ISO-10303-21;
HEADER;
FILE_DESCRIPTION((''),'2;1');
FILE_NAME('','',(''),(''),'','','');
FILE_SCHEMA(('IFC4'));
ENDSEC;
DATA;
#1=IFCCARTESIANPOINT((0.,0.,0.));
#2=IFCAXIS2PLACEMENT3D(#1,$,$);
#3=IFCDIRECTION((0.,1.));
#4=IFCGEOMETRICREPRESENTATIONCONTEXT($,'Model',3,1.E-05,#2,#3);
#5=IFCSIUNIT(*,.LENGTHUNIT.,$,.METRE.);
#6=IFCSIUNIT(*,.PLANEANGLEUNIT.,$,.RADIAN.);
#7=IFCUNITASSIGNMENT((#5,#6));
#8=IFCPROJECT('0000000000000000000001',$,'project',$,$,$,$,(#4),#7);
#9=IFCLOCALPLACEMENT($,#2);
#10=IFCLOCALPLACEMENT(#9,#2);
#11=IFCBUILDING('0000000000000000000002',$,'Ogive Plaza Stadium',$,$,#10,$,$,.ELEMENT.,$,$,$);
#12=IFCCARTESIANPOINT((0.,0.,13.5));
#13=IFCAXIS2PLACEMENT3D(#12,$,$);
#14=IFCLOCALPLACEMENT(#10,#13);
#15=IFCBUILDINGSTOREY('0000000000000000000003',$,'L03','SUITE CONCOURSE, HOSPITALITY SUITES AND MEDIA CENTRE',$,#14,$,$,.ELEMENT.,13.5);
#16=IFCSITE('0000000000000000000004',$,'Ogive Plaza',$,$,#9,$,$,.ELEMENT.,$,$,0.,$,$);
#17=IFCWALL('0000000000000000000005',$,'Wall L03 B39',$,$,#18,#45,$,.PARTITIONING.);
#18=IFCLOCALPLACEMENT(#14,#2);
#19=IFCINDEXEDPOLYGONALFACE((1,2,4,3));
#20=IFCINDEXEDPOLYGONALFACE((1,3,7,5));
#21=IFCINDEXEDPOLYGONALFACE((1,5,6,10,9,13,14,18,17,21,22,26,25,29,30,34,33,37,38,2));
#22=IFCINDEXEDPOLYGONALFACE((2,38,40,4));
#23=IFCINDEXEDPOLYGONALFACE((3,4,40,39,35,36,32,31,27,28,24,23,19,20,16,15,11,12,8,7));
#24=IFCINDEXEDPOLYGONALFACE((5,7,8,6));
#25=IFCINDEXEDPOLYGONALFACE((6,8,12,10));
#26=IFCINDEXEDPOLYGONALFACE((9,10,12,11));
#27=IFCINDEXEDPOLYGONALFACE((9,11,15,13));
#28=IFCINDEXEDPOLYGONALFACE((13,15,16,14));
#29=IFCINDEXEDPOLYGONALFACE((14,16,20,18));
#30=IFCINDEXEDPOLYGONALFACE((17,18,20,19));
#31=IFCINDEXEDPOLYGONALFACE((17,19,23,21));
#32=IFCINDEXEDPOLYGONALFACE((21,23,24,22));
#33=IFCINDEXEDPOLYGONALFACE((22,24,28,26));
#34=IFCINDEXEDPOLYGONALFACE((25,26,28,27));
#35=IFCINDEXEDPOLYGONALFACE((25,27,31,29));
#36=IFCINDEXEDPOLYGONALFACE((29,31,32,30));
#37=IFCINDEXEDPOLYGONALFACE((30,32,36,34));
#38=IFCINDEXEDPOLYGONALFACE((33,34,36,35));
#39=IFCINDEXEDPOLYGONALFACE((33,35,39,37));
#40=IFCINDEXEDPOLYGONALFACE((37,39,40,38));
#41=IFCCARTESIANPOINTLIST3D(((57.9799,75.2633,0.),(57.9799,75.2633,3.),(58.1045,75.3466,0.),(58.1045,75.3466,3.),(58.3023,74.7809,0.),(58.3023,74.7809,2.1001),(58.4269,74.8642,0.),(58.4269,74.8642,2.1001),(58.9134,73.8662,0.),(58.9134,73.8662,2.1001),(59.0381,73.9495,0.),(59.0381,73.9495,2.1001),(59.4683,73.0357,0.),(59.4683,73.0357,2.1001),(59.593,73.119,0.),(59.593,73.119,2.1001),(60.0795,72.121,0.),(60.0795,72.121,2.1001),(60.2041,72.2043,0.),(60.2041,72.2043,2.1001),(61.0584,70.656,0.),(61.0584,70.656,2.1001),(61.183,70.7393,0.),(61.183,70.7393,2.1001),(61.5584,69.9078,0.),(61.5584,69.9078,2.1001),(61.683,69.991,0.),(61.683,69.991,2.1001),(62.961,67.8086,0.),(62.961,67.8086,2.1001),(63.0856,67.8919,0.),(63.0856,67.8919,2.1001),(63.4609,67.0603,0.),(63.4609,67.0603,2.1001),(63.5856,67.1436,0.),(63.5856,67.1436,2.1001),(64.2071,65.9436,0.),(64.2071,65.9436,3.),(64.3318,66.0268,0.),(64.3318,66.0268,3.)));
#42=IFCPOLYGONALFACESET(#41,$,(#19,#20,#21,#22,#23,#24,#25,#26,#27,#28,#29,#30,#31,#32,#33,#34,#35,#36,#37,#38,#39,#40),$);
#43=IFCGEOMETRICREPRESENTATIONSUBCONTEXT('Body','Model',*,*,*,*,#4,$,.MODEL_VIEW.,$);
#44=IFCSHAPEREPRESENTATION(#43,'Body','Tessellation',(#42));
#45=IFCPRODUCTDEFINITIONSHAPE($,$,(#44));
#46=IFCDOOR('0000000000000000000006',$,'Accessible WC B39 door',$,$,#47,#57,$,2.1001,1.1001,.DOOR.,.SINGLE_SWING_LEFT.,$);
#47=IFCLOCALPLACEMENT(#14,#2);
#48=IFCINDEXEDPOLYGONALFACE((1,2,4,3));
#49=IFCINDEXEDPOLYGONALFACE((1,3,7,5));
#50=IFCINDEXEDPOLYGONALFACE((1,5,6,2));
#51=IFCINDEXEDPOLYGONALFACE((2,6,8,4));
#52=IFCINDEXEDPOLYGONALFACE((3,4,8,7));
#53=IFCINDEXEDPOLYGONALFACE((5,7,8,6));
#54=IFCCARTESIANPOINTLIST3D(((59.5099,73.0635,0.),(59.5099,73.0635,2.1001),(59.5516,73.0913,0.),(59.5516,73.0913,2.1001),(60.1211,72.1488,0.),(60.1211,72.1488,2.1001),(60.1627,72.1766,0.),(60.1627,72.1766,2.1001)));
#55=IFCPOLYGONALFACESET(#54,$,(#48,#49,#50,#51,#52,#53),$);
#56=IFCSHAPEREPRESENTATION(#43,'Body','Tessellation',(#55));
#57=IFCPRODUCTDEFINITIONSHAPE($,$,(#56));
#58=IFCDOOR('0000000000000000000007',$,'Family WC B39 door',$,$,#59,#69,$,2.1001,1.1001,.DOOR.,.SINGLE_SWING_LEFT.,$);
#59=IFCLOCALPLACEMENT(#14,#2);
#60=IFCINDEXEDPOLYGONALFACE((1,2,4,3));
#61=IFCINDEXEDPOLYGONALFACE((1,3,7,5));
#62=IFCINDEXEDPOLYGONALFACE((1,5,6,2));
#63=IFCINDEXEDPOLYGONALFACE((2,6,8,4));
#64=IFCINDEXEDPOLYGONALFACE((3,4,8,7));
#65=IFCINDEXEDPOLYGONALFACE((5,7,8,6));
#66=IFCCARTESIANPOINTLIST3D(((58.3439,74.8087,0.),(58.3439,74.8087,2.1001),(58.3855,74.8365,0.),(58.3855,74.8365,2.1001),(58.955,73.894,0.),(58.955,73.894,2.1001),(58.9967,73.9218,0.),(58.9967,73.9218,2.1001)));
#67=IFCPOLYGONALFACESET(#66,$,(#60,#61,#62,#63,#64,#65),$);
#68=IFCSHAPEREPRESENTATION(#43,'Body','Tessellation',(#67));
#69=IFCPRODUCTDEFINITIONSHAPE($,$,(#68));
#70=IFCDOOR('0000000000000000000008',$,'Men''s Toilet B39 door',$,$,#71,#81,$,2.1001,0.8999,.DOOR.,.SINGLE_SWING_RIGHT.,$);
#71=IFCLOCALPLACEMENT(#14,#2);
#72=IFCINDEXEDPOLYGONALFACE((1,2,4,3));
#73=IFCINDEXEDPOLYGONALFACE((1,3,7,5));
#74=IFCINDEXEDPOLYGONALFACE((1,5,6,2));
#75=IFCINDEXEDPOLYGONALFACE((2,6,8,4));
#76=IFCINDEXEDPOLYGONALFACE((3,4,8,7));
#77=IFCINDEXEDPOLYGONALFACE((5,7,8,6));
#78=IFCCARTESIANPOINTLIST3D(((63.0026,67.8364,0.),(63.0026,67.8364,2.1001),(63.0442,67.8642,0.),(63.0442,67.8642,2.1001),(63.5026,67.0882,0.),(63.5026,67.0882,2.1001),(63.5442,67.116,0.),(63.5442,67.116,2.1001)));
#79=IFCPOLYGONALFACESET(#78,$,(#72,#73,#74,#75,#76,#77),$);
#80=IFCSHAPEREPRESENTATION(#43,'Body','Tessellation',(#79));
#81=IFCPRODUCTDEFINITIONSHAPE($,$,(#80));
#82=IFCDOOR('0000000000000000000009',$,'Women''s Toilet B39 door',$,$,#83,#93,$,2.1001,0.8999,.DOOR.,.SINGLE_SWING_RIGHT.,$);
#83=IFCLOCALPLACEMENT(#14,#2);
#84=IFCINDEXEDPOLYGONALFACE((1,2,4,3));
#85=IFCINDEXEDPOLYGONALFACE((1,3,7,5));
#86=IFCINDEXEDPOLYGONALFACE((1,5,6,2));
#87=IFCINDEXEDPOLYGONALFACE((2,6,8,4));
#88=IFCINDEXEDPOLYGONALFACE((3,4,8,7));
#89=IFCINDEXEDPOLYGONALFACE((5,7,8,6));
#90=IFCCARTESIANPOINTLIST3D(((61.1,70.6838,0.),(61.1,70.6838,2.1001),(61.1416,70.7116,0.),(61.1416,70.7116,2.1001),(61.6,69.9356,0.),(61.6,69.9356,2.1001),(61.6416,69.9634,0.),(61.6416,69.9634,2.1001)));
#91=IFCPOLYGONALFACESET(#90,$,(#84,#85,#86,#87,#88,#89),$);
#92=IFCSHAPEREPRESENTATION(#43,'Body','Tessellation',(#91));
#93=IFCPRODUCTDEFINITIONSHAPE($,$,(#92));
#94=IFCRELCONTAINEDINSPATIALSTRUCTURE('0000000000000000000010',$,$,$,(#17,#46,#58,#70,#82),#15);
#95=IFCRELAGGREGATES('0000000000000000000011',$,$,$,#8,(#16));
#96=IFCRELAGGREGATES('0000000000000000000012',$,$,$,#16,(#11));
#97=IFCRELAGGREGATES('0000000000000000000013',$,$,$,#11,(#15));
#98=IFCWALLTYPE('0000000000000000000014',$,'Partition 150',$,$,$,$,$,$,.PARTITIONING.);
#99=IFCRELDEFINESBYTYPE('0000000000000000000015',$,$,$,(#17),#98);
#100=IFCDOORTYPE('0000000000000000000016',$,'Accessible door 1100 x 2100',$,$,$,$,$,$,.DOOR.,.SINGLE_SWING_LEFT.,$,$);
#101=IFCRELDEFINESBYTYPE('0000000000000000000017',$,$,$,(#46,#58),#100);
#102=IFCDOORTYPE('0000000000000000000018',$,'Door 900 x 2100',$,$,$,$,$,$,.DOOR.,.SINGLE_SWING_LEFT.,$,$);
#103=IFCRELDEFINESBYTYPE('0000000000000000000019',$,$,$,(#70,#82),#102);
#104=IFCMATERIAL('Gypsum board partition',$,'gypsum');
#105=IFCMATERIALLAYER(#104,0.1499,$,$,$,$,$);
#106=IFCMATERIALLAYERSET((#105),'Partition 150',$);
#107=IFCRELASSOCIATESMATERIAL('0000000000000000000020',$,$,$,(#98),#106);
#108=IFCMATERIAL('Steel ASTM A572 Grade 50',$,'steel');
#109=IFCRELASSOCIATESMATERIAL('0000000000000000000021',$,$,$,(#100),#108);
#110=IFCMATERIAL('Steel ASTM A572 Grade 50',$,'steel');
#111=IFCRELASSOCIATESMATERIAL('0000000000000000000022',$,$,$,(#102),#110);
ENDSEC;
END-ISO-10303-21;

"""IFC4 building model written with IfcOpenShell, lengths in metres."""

from ifc_helpers import new_model, si_unit, direction, frame, frame_2d, origin, place, context, subcontext, project, spatial, rectangle, extrude, material, layer, layer_set, type_object, element, fill, save


model = new_model("IFC4")

# Units and contexts
model_context = context("Model", 3, precision=1e-05, world=origin(), true_north=direction((0.0, 1.0)))
body_context = subcontext(model_context, "Body", "Model", "MODEL_VIEW")
ifc_project = project(units=[si_unit("LENGTHUNIT", "METRE"), si_unit("PLANEANGLEUNIT", "RADIAN")], contexts=[model_context])

# Site, building, storey
site_placement = place(None, origin())
site = spatial("IfcSite", under=ifc_project, at=site_placement, Name="Ogive Plaza", CompositionType="ELEMENT", RefElevation=0.0)
building_placement = place(site_placement, origin())
building = spatial("IfcBuilding", under=site, at=building_placement, Name="Ogive Plaza Stadium", CompositionType="ELEMENT")
storey_placement = place(building_placement, frame((0.0, 0.0, 13.5)))
storey = spatial("IfcBuildingStorey", under=building, at=storey_placement, Name="L03", Description="SUITE CONCOURSE, HOSPITALITY SUITES AND MEDIA CENTRE", CompositionType="ELEMENT", Elevation=13.5)

# Wall, openings, doors
ifc_material_1 = material(Name="Gypsum board partition", Category="gypsum")
ifc_layer_1 = layer(ifc_material_1, 0.1499)
ifc_layer_set_1 = layer_set([ifc_layer_1], Name="Partition 150")
wall_type_1 = type_object("IfcWallType", Name="Partition 150", PredefinedType="PARTITIONING", material=ifc_layer_set_1)
wall_1_placement = place(storey_placement, frame((64.2695, 65.9851, 0.0), z_axis=(0.0, 0.0, 1.0), x_axis=(-0.555569, 0.83147, 0.0)))
wall_1 = element("IfcWall", 1, at=wall_1_placement, inside=storey, type_object=wall_type_1, Name="Wall L03 B39", PredefinedType="PARTITIONING", context=body_context, shape_type="SweptSolid", body=[
    extrude(rectangle(XDim=11.2087, YDim=0.1499, at=frame_2d((5.6045, 0.0))), origin(), (0.0, 0.0, 1.0), 3.0),
])
opening_1_placement = place(wall_1_placement, frame((1.3433, 0.0, 0.0)))
opening_1 = element("IfcOpeningElement", 2, at=opening_1_placement, cuts=wall_1, PredefinedType="OPENING", context=body_context, shape_type="SweptSolid", body=[
    extrude(rectangle(XDim=0.8999, YDim=2.1001, at=frame_2d((0.45, 1.05))), frame((0.0, 0.075, 0.0), z_axis=(0.0, -1.0, 0.0), x_axis=(1.0, 0.0, 0.0)), (0.0, 0.0, 1.0), 0.1499),
])
opening_2_placement = place(wall_1_placement, frame((4.7678, 0.0, 0.0)))
opening_2 = element("IfcOpeningElement", 3, at=opening_2_placement, cuts=wall_1, PredefinedType="OPENING", context=body_context, shape_type="SweptSolid", body=[
    extrude(rectangle(XDim=0.8999, YDim=2.1001, at=frame_2d((0.45, 1.05))), frame((0.0, 0.075, 0.0), z_axis=(0.0, -1.0, 0.0), x_axis=(1.0, 0.0, 0.0)), (0.0, 0.0, 1.0), 0.1499),
])
opening_3_placement = place(wall_1_placement, frame((7.4297, 0.0, 0.0)))
opening_3 = element("IfcOpeningElement", 4, at=opening_3_placement, cuts=wall_1, PredefinedType="OPENING", context=body_context, shape_type="SweptSolid", body=[
    extrude(rectangle(XDim=1.1001, YDim=2.1001, at=frame_2d((0.55, 1.05))), frame((0.0, 0.075, 0.0), z_axis=(0.0, -1.0, 0.0), x_axis=(1.0, 0.0, 0.0)), (0.0, 0.0, 1.0), 0.1499),
])
opening_4_placement = place(wall_1_placement, frame((9.5286, 0.0, 0.0)))
opening_4 = element("IfcOpeningElement", 5, at=opening_4_placement, cuts=wall_1, PredefinedType="OPENING", context=body_context, shape_type="SweptSolid", body=[
    extrude(rectangle(XDim=1.1001, YDim=2.1001, at=frame_2d((0.55, 1.05))), frame((0.0, 0.075, 0.0), z_axis=(0.0, -1.0, 0.0), x_axis=(1.0, 0.0, 0.0)), (0.0, 0.0, 1.0), 0.1499),
])
ifc_material_2 = material(Name="Steel ASTM A572 Grade 50", Category="steel")
door_type_1 = type_object("IfcDoorType", Name="Accessible door 1100 x 2100", OperationType="SINGLE_SWING_LEFT", PredefinedType="DOOR", material=ifc_material_2)
door_1_placement = place(opening_3_placement, origin())
door_1 = element("IfcDoor", 6, at=door_1_placement, inside=storey, type_object=door_type_1, Name="Accessible WC B39 door", OperationType="SINGLE_SWING_LEFT", OverallHeight=2.1001, OverallWidth=1.1001, PredefinedType="DOOR", context=body_context, shape_type="SweptSolid", body=[
    extrude(rectangle(XDim=1.1001, YDim=2.1001, at=frame_2d((0.55, 1.05))), frame((0.0, 0.0249, 0.0), z_axis=(0.0, -1.0, 0.0), x_axis=(1.0, 0.0, 0.0)), (0.0, 0.0, 1.0), 0.05),
])
fill(opening_3, door_1)
door_2_placement = place(opening_4_placement, origin())
door_2 = element("IfcDoor", 7, at=door_2_placement, inside=storey, type_object=door_type_1, Name="Family WC B39 door", OperationType="SINGLE_SWING_LEFT", OverallHeight=2.1001, OverallWidth=1.1001, PredefinedType="DOOR", context=body_context, shape_type="SweptSolid", body=[
    extrude(rectangle(XDim=1.1001, YDim=2.1001, at=frame_2d((0.55, 1.05))), frame((0.0, 0.0249, 0.0), z_axis=(0.0, -1.0, 0.0), x_axis=(1.0, 0.0, 0.0)), (0.0, 0.0, 1.0), 0.05),
])
fill(opening_4, door_2)
ifc_material_3 = material(Name="Steel ASTM A572 Grade 50", Category="steel")
door_type_2 = type_object("IfcDoorType", Name="Door 900 x 2100", OperationType="SINGLE_SWING_LEFT", PredefinedType="DOOR", material=ifc_material_3)
door_3_placement = place(opening_1_placement, origin())
door_3 = element("IfcDoor", 8, at=door_3_placement, inside=storey, type_object=door_type_2, Name="Men's Toilet B39 door", OperationType="SINGLE_SWING_RIGHT", OverallHeight=2.1001, OverallWidth=0.8999, PredefinedType="DOOR", context=body_context, shape_type="SweptSolid", body=[
    extrude(rectangle(XDim=0.8999, YDim=2.1001, at=frame_2d((0.45, 1.05))), frame((0.0, 0.0249, 0.0), z_axis=(0.0, -1.0, 0.0), x_axis=(1.0, 0.0, 0.0)), (0.0, 0.0, 1.0), 0.05),
])
fill(opening_1, door_3)
door_4_placement = place(opening_2_placement, origin())
door_4 = element("IfcDoor", 9, at=door_4_placement, inside=storey, type_object=door_type_2, Name="Women's Toilet B39 door", OperationType="SINGLE_SWING_RIGHT", OverallHeight=2.1001, OverallWidth=0.8999, PredefinedType="DOOR", context=body_context, shape_type="SweptSolid", body=[
    extrude(rectangle(XDim=0.8999, YDim=2.1001, at=frame_2d((0.45, 1.05))), frame((0.0, 0.0249, 0.0), z_axis=(0.0, -1.0, 0.0), x_axis=(1.0, 0.0, 0.0)), (0.0, 0.0, 1.0), 0.05),
])
fill(opening_2, door_4)

save(model, "model.ifc")
